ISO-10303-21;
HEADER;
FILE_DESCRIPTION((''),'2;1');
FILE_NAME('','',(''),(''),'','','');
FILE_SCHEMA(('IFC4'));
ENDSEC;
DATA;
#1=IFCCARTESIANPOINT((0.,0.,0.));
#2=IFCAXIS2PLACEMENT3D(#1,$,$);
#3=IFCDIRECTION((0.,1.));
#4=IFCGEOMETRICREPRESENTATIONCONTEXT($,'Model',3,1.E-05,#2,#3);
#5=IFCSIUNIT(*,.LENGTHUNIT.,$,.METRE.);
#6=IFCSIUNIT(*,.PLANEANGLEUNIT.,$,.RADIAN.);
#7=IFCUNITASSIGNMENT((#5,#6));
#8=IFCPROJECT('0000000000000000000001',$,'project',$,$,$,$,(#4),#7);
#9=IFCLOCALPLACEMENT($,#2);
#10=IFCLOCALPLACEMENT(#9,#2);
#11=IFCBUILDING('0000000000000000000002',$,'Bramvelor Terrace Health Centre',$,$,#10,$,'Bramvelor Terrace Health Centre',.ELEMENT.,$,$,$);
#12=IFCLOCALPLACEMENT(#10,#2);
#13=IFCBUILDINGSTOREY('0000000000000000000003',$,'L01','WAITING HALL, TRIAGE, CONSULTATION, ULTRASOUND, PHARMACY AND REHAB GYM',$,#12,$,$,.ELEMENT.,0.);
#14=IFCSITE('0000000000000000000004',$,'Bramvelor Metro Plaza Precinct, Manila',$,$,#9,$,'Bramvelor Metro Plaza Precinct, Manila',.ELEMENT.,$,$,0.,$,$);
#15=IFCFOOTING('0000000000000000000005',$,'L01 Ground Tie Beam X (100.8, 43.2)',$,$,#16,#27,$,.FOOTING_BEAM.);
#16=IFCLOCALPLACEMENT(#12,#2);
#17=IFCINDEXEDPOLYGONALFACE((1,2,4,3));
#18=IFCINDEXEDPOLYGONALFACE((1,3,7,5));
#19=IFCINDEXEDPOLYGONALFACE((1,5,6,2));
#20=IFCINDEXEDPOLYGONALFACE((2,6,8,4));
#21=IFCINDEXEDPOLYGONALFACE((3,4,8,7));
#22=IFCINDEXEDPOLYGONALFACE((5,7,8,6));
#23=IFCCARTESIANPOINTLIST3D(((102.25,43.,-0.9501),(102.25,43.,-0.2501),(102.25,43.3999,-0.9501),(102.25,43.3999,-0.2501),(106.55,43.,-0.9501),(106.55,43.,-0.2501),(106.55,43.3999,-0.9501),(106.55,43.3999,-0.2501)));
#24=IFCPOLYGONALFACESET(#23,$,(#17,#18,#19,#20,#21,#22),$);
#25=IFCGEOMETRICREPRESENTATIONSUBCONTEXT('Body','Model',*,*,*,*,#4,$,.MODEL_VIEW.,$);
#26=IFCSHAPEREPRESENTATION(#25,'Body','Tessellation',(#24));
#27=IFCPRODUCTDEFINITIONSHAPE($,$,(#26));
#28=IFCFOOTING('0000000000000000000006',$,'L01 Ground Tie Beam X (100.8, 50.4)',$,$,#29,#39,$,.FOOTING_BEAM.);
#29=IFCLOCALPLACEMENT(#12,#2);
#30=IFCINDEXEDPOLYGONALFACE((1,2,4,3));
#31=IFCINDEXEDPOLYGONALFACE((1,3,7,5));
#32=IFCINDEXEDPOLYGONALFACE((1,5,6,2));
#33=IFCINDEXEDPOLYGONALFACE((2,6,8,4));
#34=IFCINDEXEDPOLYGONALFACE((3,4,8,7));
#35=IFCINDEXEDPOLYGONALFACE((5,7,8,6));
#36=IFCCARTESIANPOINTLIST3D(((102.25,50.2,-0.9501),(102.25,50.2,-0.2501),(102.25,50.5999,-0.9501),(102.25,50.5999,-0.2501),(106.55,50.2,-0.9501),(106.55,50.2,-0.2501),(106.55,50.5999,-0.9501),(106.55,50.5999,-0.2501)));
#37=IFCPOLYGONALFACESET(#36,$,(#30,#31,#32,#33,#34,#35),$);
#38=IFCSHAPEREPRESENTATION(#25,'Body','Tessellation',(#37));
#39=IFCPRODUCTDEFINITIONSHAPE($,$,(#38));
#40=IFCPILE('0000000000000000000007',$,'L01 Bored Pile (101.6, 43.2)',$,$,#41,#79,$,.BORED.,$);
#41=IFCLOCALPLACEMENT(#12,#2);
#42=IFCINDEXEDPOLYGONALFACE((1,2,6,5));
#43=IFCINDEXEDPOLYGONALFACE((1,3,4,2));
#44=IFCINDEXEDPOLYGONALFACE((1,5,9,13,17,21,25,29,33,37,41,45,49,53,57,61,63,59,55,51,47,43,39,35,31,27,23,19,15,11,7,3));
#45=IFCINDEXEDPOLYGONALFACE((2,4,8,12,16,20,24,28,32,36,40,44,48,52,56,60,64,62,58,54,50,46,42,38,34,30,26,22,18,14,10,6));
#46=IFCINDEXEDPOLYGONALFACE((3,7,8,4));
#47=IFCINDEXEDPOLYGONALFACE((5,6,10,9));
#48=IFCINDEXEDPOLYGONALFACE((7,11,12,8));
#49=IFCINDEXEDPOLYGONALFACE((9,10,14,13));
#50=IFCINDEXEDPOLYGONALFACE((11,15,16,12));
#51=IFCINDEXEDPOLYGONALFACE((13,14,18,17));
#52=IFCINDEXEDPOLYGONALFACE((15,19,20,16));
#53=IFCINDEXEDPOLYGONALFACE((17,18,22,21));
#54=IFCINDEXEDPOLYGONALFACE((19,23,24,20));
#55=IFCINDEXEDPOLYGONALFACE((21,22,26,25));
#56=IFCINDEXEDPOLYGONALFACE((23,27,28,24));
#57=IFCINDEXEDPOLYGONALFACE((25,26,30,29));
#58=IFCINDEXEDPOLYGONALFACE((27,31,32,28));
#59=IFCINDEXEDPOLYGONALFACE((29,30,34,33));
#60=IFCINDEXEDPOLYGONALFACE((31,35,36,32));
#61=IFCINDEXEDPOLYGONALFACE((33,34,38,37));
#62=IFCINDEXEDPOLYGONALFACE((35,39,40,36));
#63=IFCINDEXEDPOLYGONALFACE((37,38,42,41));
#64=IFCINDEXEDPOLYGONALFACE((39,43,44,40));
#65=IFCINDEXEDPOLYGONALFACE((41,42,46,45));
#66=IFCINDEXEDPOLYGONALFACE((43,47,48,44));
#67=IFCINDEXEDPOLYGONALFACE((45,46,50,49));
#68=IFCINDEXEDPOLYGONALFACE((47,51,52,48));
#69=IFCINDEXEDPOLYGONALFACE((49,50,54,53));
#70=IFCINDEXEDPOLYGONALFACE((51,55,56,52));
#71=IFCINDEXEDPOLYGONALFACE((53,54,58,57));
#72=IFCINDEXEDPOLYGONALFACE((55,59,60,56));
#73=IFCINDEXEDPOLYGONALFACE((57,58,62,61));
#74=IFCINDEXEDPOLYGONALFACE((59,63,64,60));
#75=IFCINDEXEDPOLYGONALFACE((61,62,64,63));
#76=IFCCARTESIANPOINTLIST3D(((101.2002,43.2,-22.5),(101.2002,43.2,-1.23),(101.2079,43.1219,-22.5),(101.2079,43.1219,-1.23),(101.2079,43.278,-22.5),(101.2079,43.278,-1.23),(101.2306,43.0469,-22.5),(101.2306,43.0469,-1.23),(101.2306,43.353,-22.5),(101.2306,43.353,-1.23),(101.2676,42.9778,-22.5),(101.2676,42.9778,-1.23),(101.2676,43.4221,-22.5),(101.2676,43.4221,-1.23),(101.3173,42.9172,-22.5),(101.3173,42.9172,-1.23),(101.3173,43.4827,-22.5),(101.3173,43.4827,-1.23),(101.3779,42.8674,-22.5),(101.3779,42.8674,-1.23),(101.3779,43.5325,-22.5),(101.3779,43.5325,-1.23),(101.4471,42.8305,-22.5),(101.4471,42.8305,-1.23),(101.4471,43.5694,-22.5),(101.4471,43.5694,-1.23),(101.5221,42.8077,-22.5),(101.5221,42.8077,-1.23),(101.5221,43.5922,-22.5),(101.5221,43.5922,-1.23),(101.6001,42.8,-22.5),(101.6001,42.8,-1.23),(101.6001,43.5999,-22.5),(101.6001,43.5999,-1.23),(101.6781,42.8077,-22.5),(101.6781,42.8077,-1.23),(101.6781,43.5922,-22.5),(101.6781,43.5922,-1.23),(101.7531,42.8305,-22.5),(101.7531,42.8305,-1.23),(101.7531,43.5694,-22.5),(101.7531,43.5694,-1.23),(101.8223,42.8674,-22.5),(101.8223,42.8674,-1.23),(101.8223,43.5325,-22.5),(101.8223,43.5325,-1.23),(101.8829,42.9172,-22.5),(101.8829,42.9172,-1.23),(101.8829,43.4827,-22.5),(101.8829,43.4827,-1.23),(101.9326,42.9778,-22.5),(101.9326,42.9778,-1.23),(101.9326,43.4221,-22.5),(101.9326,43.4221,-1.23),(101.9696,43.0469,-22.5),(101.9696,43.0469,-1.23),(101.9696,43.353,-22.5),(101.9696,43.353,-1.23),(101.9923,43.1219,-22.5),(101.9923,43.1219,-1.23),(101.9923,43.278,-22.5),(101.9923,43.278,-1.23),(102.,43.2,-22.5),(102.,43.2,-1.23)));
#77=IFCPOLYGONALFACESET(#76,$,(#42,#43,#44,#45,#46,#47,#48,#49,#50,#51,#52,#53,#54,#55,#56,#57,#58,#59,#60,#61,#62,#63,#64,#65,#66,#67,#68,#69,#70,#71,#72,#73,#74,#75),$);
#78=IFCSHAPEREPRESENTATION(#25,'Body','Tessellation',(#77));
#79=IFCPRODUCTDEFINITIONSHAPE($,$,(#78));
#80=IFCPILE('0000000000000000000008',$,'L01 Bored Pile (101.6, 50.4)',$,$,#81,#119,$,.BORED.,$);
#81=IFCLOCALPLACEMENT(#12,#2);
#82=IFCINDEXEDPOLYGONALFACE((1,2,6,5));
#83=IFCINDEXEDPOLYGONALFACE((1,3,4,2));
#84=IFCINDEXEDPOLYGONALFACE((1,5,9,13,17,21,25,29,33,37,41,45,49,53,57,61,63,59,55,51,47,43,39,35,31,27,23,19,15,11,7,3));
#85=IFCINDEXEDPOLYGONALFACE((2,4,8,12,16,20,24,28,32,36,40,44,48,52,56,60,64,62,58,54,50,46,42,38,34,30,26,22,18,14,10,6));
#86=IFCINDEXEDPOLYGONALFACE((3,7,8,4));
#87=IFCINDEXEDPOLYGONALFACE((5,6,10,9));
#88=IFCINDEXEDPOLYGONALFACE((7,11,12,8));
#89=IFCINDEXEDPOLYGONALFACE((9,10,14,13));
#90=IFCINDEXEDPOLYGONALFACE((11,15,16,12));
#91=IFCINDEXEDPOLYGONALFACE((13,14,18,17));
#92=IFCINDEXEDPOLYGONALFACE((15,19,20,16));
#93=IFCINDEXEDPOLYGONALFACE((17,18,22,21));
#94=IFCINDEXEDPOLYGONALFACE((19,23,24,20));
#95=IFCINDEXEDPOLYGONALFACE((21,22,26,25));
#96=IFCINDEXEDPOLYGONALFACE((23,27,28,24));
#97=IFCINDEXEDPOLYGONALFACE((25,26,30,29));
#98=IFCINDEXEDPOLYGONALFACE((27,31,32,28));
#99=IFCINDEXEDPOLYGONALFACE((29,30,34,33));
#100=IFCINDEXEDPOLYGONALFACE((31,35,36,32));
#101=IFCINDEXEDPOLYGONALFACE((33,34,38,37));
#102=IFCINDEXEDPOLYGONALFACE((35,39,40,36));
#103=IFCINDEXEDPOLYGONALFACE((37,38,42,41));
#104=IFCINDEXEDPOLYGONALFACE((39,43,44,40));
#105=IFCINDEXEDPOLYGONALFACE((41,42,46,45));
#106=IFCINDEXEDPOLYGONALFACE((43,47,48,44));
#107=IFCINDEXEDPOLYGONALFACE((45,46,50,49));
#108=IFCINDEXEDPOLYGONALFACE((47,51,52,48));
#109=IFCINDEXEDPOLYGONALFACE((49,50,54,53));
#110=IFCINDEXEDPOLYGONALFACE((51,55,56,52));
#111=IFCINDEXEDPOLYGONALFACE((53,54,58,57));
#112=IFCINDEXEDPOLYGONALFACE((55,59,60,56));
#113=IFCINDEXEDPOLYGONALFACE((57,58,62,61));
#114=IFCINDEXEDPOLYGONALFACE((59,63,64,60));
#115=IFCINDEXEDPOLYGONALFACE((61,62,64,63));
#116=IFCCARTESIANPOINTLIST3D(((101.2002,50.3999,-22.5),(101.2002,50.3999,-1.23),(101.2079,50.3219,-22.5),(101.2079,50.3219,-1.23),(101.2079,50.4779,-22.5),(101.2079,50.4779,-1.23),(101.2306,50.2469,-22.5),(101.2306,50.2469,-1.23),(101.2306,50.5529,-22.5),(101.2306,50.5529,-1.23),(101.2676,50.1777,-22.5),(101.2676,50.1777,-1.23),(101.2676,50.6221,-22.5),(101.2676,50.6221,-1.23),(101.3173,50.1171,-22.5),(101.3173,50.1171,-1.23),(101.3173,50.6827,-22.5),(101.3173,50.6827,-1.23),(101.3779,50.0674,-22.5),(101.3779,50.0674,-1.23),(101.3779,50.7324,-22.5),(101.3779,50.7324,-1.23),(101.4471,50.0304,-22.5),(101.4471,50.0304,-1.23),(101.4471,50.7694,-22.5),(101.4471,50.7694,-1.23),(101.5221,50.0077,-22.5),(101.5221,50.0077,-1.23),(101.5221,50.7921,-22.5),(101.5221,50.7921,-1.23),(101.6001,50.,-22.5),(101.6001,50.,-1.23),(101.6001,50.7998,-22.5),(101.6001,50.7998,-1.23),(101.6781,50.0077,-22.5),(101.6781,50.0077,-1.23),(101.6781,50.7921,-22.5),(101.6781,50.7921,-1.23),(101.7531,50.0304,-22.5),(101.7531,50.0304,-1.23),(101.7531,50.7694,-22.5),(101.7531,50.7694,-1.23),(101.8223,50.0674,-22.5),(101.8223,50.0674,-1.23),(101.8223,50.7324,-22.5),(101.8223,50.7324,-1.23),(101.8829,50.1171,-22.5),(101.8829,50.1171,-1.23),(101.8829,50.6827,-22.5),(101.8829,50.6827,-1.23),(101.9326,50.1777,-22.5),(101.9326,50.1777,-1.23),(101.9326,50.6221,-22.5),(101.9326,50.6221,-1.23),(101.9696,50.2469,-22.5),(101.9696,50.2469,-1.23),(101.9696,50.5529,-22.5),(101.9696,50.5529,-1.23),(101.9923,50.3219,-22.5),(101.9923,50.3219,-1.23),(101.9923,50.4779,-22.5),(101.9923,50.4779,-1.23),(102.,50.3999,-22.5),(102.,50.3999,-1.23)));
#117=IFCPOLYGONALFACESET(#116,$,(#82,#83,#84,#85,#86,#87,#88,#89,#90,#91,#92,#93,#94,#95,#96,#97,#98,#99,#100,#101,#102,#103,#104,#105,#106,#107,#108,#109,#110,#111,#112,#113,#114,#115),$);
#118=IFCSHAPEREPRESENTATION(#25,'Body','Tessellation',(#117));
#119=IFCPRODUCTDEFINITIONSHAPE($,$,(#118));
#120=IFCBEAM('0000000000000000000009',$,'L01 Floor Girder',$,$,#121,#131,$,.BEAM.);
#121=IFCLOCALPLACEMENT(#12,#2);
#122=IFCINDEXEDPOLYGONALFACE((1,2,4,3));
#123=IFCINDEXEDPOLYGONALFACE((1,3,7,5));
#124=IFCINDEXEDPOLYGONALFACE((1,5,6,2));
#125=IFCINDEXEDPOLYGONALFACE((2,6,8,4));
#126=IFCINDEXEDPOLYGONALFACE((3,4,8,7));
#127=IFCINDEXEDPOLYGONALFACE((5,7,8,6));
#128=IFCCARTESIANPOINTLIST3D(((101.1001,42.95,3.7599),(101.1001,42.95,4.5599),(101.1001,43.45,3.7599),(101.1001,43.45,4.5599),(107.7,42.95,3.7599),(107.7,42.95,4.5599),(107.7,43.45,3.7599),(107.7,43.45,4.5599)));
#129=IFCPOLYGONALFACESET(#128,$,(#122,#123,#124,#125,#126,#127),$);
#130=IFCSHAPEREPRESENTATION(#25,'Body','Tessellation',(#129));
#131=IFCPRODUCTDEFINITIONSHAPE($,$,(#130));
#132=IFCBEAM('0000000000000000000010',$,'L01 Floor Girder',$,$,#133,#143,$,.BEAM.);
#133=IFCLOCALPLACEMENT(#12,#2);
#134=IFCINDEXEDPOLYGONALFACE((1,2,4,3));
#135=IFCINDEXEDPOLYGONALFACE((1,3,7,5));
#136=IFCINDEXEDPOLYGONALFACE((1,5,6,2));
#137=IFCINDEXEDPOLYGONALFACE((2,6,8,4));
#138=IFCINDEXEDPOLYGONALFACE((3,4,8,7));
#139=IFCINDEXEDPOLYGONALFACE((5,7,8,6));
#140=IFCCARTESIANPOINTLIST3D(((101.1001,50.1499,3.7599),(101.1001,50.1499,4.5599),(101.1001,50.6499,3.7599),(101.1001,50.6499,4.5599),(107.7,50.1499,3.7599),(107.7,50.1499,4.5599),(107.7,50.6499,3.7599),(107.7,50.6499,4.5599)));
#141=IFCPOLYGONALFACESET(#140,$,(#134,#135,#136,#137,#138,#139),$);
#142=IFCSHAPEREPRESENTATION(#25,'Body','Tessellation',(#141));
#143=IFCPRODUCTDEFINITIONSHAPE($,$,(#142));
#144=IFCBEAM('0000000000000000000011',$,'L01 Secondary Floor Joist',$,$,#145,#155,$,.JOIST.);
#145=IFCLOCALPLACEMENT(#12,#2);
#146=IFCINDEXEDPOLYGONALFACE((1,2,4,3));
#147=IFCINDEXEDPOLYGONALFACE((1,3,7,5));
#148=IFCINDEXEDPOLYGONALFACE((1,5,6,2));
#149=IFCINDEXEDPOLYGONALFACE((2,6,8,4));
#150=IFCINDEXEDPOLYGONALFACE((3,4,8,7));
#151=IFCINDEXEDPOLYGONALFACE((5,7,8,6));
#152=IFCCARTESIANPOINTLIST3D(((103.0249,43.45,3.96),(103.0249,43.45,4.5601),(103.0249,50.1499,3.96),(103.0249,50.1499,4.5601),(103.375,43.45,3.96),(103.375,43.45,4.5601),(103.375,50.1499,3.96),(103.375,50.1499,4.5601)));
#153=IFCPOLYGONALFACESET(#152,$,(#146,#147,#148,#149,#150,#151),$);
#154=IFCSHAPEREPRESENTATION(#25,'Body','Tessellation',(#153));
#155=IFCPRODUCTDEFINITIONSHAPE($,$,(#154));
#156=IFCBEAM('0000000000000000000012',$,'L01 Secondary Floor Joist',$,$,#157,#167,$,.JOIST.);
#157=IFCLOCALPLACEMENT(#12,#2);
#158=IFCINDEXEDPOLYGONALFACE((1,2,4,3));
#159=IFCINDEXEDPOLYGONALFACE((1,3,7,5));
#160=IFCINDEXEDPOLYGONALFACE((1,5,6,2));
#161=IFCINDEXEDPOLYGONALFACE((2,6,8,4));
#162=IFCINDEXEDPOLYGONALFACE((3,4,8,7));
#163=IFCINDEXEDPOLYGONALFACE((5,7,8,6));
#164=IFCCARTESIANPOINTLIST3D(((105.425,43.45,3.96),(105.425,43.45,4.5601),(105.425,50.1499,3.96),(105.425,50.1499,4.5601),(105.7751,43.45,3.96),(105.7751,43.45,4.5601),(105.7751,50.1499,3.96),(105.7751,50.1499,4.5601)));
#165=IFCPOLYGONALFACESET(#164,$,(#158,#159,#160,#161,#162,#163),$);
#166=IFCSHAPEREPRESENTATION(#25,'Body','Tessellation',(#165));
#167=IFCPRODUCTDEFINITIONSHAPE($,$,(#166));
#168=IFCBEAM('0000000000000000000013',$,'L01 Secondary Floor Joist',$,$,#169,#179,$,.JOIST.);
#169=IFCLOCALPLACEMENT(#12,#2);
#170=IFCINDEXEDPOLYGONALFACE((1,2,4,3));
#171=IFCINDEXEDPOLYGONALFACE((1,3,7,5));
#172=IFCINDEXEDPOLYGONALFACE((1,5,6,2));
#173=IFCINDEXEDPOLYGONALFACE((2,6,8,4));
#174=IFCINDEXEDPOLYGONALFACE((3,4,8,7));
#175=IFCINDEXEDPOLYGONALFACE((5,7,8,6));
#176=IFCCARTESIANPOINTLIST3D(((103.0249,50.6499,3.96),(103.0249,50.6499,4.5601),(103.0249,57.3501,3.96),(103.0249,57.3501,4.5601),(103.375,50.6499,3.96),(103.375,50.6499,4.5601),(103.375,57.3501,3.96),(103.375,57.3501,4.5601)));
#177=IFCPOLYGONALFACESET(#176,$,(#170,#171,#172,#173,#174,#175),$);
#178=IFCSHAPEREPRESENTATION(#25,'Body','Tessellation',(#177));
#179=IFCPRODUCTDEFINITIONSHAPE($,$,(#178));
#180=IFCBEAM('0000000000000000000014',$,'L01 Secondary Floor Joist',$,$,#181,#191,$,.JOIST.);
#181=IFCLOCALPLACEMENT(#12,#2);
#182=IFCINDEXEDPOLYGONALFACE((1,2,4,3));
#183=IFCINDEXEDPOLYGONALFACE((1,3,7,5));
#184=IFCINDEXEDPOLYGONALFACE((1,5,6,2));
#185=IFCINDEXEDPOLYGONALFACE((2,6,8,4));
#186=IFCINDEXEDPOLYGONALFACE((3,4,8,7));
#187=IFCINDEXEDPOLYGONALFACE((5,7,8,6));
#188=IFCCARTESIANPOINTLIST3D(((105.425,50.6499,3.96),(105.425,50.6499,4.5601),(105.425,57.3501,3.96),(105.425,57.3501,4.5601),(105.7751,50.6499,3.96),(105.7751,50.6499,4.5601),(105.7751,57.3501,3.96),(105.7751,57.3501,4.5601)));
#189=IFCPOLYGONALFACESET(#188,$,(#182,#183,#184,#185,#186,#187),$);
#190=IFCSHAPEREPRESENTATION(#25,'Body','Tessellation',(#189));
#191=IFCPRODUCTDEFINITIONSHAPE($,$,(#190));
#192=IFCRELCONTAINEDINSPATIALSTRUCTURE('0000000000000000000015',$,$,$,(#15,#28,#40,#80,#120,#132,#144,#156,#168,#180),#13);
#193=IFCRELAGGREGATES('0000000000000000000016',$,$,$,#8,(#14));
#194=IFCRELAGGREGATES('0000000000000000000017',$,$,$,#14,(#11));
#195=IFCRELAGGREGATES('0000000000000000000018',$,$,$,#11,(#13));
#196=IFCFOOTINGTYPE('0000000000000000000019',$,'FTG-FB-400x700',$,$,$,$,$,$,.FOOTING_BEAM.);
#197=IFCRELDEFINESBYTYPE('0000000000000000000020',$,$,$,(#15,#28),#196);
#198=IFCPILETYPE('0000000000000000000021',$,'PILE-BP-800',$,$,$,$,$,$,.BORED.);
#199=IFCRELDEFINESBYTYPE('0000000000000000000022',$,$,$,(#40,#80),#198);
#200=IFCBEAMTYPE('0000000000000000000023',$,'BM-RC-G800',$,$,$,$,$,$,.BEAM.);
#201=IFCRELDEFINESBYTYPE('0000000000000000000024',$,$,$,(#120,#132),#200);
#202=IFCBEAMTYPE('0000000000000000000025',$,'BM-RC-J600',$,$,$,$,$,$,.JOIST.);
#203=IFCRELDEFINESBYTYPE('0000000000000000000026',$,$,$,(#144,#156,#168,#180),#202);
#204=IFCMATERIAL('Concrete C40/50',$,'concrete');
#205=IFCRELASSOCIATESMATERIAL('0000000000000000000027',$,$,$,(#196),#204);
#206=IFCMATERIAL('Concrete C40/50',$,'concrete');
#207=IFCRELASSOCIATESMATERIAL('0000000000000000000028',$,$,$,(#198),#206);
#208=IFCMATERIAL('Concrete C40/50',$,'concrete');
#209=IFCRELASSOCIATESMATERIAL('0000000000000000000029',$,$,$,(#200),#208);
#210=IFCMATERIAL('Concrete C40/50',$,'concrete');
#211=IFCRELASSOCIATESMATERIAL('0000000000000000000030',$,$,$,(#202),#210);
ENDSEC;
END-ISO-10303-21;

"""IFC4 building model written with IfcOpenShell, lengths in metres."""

from ifc_helpers import new_model, si_unit, direction, frame, origin, origin_2d, place, context, subcontext, project, spatial, rectangle, circle, extrude, material, material_profile, profile_set, type_object, element, save


model = new_model("IFC4")

# Units and contexts
model_context = context("Model", 3, precision=1e-05, world=origin(), true_north=direction((0.0, 1.0)))
body_context = subcontext(model_context, "Body", "Model", "MODEL_VIEW")
ifc_project = project(units=[si_unit("LENGTHUNIT", "METRE"), si_unit("PLANEANGLEUNIT", "RADIAN")], contexts=[model_context])

# Site, building, storey
site_placement = place(None, origin())
site = spatial("IfcSite", under=ifc_project, at=site_placement, Name="Bramvelor Metro Plaza Precinct, Manila", LongName="Bramvelor Metro Plaza Precinct, Manila", CompositionType="ELEMENT", RefElevation=0.0)
building_placement = place(site_placement, origin())
building = spatial("IfcBuilding", under=site, at=building_placement, Name="Bramvelor Terrace Health Centre", LongName="Bramvelor Terrace Health Centre", CompositionType="ELEMENT")
storey_placement = place(building_placement, origin())
storey = spatial("IfcBuildingStorey", under=building, at=storey_placement, Name="L01", Description="WAITING HALL, TRIAGE, CONSULTATION, ULTRASOUND, PHARMACY AND REHAB GYM", CompositionType="ELEMENT", Elevation=0.0)

# Footings
ifc_material_1 = material(Name="Concrete C40/50", Category="concrete")
ifc_material_profile_1 = material_profile(ifc_material_1, rectangle(XDim=0.3999, YDim=0.7, at=origin_2d()), Name="RC 400x700")
ifc_profile_set_1 = profile_set([ifc_material_profile_1], Name="Concrete C40/50")
footing_type = type_object("IfcFootingType", Name="FTG-FB-400x700", PredefinedType="FOOTING_BEAM", material=ifc_profile_set_1)
for number, where, z_axis, x_axis, name in (
    (1, (102.25, 43.2, -0.6001), (1.0, 0.0, 0.0), (0.0, 1.0, 0.0), "L01 Ground Tie Beam X (100.8, 43.2)"),
    (2, (102.25, 50.3999, -0.6001), (1.0, 0.0, 0.0), (0.0, 1.0, 0.0), "L01 Ground Tie Beam X (100.8, 50.4)"),
):
    element("IfcFooting", number, at=place(storey_placement, frame(where, z_axis=z_axis, x_axis=x_axis)), inside=storey, type_object=footing_type, Name=name, PredefinedType="FOOTING_BEAM", context=body_context, shape_type="SweptSolid", body=[
        extrude(rectangle(XDim=0.3999, YDim=0.7, at=origin_2d()), origin(), (0.0, 0.0, 1.0), 4.3),
    ])

# Piles
ifc_material_2 = material(Name="Concrete C40/50", Category="concrete")
ifc_material_profile_2 = material_profile(ifc_material_2, circle(Radius=0.3999, at=origin_2d()), Name="BP D800")
ifc_profile_set_2 = profile_set([ifc_material_profile_2], Name="Concrete C40/50")
pile_type = type_object("IfcPileType", Name="PILE-BP-800", PredefinedType="BORED", material=ifc_profile_set_2)
for number, where, z_axis, x_axis, name in (
    (3, (101.6001, 43.2, -1.23), (0.0, 0.0, -1.0), (1.0, 0.0, 0.0), "L01 Bored Pile (101.6, 43.2)"),
    (4, (101.6001, 50.3999, -1.23), (0.0, 0.0, -1.0), (1.0, 0.0, 0.0), "L01 Bored Pile (101.6, 50.4)"),
):
    element("IfcPile", number, at=place(storey_placement, frame(where, z_axis=z_axis, x_axis=x_axis)), inside=storey, type_object=pile_type, Name=name, PredefinedType="BORED", context=body_context, shape_type="SweptSolid", body=[
        extrude(circle(Radius=0.3999, at=origin_2d()), origin(), (0.0, 0.0, 1.0), 21.27),
    ])

# Beams
ifc_material_3 = material(Name="Concrete C40/50", Category="concrete")
ifc_material_profile_3 = material_profile(ifc_material_3, rectangle(XDim=0.5, YDim=0.8, at=origin_2d()), Name="RC 500x800")
ifc_profile_set_3 = profile_set([ifc_material_profile_3], Name="Concrete C40/50")
beam_type_1 = type_object("IfcBeamType", Name="BM-RC-G800", PredefinedType="BEAM", material=ifc_profile_set_3)
for number, where, z_axis, x_axis, name in (
    (5, (101.1001, 43.2, 4.1599), (1.0, 0.0, 0.0), (0.0, 1.0, 0.0), "L01 Floor Girder"),
    (6, (101.1001, 50.3999, 4.1599), (1.0, 0.0, 0.0), (0.0, 1.0, 0.0), "L01 Floor Girder"),
):
    element("IfcBeam", number, at=place(storey_placement, frame(where, z_axis=z_axis, x_axis=x_axis)), inside=storey, type_object=beam_type_1, Name=name, PredefinedType="BEAM", context=body_context, shape_type="SweptSolid", body=[
        extrude(rectangle(XDim=0.5, YDim=0.8, at=origin_2d()), origin(), (0.0, 0.0, 1.0), 6.5999),
    ])
ifc_material_4 = material(Name="Concrete C40/50", Category="concrete")
ifc_material_profile_4 = material_profile(ifc_material_4, rectangle(XDim=0.3501, YDim=0.6001, at=origin_2d()), Name="RC 350x600")
ifc_profile_set_4 = profile_set([ifc_material_profile_4], Name="Concrete C40/50")
beam_type_2 = type_object("IfcBeamType", Name="BM-RC-J600", PredefinedType="JOIST", material=ifc_profile_set_4)
for number, where, z_axis, x_axis, name in (
    (7, (103.2, 43.45, 4.26), (0.0, 1.0, 0.0), (-1.0, 0.0, 0.0), "L01 Secondary Floor Joist"),
    (8, (105.6001, 43.45, 4.26), (0.0, 1.0, 0.0), (-1.0, 0.0, 0.0), "L01 Secondary Floor Joist"),
):
    element("IfcBeam", number, at=place(storey_placement, frame(where, z_axis=z_axis, x_axis=x_axis)), inside=storey, type_object=beam_type_2, Name=name, PredefinedType="JOIST", context=body_context, shape_type="SweptSolid", body=[
        extrude(rectangle(XDim=0.3501, YDim=0.6001, at=origin_2d()), origin(), (0.0, 0.0, 1.0), 6.7),
    ])
for number, where, z_axis, x_axis, name in (
    (9, (103.2, 50.6499, 4.26), (0.0, 1.0, 0.0), (-1.0, 0.0, 0.0), "L01 Secondary Floor Joist"),
    (10, (105.6001, 50.6499, 4.26), (0.0, 1.0, 0.0), (-1.0, 0.0, 0.0), "L01 Secondary Floor Joist"),
):
    element("IfcBeam", number, at=place(storey_placement, frame(where, z_axis=z_axis, x_axis=x_axis)), inside=storey, type_object=beam_type_2, Name=name, PredefinedType="JOIST", context=body_context, shape_type="SweptSolid", body=[
        extrude(rectangle(XDim=0.3501, YDim=0.6001, at=origin_2d()), origin(), (0.0, 0.0, 1.0), 6.7002),
    ])

save(model, "model.ifc")
